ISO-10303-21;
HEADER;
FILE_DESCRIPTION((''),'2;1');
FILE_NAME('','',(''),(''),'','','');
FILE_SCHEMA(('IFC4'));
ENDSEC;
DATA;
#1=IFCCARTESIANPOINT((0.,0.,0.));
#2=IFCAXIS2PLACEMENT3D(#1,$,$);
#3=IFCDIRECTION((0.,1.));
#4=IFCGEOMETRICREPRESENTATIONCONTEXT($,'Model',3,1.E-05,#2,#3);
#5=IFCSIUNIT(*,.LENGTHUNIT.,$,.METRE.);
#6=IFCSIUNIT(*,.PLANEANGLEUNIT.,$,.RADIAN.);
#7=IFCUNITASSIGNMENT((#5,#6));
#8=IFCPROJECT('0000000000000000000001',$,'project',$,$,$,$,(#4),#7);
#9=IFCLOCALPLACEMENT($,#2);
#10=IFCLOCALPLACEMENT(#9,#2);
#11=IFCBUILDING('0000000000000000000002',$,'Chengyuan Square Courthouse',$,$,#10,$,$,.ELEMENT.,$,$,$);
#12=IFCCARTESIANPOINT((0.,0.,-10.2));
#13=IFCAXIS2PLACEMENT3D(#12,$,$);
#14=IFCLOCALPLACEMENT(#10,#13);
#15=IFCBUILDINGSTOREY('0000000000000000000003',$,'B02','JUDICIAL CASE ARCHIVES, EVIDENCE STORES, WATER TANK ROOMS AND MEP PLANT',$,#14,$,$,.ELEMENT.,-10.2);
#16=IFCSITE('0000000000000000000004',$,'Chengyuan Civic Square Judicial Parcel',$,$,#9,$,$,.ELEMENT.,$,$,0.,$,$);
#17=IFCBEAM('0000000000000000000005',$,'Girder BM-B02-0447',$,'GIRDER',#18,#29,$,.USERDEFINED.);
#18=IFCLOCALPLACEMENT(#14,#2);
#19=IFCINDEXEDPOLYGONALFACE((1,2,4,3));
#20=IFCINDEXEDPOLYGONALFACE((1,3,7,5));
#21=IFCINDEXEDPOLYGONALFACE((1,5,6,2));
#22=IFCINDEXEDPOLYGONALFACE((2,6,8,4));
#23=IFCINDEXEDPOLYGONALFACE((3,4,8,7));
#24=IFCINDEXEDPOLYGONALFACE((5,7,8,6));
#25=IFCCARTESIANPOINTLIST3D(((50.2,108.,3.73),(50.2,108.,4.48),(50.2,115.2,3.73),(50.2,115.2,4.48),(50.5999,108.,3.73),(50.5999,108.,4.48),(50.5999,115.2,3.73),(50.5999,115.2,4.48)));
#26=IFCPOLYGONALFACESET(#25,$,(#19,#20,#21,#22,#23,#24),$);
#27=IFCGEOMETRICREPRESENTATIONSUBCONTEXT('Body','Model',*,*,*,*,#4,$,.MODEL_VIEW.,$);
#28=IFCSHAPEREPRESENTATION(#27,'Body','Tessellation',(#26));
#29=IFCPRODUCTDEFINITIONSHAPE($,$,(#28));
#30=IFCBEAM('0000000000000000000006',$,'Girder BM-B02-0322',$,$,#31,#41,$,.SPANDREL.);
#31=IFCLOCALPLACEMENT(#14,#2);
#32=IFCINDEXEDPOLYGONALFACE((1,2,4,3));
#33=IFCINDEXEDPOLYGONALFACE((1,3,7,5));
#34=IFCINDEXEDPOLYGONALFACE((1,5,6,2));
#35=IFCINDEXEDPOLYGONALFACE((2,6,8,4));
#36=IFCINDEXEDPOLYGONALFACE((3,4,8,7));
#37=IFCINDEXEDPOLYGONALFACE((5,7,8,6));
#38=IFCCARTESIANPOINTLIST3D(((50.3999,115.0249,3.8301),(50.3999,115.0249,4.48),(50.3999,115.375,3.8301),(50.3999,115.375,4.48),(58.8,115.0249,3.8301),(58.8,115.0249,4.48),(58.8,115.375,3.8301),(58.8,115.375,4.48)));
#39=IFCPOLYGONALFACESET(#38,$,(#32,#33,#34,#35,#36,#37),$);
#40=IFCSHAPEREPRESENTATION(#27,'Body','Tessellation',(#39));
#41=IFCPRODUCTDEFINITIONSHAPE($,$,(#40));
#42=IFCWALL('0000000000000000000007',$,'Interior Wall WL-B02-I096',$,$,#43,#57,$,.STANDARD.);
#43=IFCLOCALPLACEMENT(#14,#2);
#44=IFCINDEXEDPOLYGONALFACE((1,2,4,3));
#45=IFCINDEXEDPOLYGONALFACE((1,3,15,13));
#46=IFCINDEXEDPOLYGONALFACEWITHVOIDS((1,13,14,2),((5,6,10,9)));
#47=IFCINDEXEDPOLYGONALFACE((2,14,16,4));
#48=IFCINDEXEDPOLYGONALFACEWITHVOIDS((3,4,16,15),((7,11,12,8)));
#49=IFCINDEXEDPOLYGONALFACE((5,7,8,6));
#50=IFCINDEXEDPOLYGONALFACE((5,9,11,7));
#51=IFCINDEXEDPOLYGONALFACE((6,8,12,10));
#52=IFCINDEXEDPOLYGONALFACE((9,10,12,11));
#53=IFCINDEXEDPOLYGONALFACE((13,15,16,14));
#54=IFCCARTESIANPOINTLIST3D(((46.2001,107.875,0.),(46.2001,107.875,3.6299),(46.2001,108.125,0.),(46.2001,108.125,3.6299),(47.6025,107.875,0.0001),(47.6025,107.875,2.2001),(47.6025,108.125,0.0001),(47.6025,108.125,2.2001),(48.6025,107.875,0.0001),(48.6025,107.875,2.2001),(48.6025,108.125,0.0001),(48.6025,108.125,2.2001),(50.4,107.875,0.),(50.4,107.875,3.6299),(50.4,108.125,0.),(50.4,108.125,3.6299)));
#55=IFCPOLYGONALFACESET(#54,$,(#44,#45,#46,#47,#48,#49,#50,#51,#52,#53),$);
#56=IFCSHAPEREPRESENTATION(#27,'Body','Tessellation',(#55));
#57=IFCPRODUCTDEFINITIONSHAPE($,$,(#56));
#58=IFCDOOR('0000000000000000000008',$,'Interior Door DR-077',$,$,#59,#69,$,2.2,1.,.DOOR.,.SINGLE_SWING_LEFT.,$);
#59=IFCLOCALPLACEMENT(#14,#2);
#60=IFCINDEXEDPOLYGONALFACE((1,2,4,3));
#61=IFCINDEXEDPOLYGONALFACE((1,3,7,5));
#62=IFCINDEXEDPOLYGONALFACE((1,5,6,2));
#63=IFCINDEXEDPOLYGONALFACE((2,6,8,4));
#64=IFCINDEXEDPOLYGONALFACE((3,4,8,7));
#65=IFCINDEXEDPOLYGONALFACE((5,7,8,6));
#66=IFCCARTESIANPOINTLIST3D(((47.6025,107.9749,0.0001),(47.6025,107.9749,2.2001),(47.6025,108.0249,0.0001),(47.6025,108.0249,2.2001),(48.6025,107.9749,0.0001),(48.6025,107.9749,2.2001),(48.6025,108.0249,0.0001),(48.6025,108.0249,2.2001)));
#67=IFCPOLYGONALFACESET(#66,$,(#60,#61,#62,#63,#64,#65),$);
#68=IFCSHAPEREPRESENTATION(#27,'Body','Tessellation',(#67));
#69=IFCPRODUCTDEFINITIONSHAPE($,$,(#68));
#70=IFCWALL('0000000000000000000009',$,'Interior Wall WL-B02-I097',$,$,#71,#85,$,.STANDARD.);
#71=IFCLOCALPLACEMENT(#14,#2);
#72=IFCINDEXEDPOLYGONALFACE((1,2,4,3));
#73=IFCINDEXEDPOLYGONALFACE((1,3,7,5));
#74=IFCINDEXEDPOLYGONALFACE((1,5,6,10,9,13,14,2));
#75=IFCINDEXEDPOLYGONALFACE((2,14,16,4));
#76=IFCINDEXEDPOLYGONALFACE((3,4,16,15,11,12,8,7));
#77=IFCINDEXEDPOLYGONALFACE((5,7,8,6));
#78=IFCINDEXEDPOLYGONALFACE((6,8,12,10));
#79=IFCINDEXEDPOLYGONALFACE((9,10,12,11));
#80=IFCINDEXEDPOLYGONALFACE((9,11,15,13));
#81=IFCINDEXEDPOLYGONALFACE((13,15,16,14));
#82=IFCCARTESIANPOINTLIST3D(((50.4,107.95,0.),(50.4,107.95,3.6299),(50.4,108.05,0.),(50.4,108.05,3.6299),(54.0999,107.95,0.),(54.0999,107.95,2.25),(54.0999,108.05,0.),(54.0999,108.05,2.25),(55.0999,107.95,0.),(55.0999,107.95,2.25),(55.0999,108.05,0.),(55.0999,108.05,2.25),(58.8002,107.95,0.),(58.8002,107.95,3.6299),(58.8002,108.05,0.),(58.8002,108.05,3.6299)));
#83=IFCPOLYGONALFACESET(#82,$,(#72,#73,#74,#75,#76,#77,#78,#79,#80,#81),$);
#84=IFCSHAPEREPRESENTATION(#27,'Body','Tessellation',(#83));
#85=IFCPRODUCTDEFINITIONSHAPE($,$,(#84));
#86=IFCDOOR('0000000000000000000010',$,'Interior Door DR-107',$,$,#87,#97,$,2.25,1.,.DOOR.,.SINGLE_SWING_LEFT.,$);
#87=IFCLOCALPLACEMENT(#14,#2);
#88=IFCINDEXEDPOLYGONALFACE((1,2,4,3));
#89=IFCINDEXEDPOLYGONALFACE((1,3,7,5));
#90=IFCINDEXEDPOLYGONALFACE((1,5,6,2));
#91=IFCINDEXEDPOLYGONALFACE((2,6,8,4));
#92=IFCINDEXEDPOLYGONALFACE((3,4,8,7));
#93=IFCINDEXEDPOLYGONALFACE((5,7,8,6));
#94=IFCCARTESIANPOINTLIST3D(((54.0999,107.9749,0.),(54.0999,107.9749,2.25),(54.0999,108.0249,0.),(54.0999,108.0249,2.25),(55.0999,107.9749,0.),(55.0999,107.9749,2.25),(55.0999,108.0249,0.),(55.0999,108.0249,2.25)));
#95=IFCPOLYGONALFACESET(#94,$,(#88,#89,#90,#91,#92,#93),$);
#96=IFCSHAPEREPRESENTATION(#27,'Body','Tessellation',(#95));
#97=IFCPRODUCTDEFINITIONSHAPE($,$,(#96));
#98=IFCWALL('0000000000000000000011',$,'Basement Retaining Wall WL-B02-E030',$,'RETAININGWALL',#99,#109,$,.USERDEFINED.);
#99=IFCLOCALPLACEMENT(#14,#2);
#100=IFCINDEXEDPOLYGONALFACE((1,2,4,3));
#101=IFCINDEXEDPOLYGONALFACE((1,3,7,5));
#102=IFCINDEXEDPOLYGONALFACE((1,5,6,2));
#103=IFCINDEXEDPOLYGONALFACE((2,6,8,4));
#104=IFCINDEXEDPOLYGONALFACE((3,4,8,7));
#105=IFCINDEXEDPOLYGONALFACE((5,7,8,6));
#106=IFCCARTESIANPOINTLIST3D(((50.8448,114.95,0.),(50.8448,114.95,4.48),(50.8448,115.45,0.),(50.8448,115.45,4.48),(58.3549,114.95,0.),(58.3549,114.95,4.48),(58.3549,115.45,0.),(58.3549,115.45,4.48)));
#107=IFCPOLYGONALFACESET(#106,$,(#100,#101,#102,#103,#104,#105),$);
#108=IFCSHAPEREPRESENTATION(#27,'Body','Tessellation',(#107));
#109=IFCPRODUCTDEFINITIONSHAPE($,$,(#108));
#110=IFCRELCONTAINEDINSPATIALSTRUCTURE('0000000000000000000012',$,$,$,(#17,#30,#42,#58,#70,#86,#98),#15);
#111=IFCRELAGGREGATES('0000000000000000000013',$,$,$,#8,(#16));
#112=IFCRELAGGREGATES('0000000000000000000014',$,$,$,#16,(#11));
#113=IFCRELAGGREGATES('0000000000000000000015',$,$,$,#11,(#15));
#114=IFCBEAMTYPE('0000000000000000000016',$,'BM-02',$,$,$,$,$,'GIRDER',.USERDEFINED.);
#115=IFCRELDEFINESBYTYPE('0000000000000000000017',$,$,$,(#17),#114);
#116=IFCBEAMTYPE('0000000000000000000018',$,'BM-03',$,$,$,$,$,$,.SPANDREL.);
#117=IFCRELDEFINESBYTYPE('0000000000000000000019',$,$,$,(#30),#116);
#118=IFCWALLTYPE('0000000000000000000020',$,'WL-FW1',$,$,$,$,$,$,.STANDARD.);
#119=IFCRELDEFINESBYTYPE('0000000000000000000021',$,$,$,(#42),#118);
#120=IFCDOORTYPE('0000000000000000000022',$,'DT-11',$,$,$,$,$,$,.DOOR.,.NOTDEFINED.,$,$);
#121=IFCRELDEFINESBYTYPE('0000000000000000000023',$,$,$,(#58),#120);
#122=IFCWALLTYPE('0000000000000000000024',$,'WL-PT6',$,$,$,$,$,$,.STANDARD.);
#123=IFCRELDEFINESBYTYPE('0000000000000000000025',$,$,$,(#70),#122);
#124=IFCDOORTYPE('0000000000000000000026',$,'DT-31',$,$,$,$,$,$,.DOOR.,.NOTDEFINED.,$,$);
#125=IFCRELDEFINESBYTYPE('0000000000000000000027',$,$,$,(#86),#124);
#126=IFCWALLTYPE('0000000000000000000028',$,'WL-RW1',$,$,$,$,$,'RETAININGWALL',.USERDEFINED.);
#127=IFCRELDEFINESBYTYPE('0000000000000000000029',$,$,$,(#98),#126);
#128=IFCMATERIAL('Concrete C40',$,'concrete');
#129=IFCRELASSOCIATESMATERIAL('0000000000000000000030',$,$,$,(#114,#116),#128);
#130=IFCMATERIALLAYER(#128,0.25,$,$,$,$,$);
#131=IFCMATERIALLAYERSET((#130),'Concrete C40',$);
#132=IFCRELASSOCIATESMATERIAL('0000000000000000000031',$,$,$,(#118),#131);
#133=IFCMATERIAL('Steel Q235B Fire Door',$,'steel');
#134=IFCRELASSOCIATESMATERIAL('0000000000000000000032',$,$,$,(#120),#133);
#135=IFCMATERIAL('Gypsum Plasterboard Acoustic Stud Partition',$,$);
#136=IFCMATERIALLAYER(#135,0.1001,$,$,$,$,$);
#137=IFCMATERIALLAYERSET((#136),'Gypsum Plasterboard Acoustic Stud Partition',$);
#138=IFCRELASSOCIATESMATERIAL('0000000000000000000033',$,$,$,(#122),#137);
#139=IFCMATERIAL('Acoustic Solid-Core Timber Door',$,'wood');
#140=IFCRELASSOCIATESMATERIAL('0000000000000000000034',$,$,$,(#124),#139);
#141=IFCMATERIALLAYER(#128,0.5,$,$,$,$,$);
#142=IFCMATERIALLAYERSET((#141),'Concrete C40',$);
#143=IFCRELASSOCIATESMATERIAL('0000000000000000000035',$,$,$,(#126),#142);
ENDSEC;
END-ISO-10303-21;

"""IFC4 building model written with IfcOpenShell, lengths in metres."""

from ifc_helpers import new_model, si_unit, direction, frame, frame_2d, origin, origin_2d, place, context, subcontext, project, spatial, rectangle, extrude, material, layer, layer_set, material_profile, profile_set, type_object, element, fill, save


model = new_model("IFC4")

# Units and contexts
model_context = context("Model", 3, precision=1e-05, world=origin(), true_north=direction((0.0, 1.0)))
body_context = subcontext(model_context, "Body", "Model", "MODEL_VIEW")
ifc_project = project(units=[si_unit("LENGTHUNIT", "METRE"), si_unit("PLANEANGLEUNIT", "RADIAN")], contexts=[model_context])

# Site, building, storey
site_placement = place(None, origin())
site = spatial("IfcSite", under=ifc_project, at=site_placement, Name="Chengyuan Civic Square Judicial Parcel", CompositionType="ELEMENT", RefElevation=0.0)
building_placement = place(site_placement, origin())
building = spatial("IfcBuilding", under=site, at=building_placement, Name="Chengyuan Square Courthouse", CompositionType="ELEMENT")
storey_placement = place(building_placement, frame((0.0, 0.0, -10.2)))
storey = spatial("IfcBuildingStorey", under=building, at=storey_placement, Name="B02", Description="JUDICIAL CASE ARCHIVES, EVIDENCE STORES, WATER TANK ROOMS AND MEP PLANT", CompositionType="ELEMENT", Elevation=-10.2)

# Shared definitions
ifc_material_1 = material(Name="Concrete C40", Category="concrete")

# Beams
ifc_material_profile_1 = material_profile(ifc_material_1, rectangle(XDim=0.3999, YDim=0.75, at=origin_2d()), Name="RC-BM-400x750")
ifc_profile_set_1 = profile_set([ifc_material_profile_1], Name="Concrete C40")
beam_type_1 = type_object("IfcBeamType", Name="BM-02", ElementType="GIRDER", PredefinedType="USERDEFINED", material=ifc_profile_set_1)
beam_1_placement = place(storey_placement, frame((50.3999, 108.0, 4.105), z_axis=(0.0, 1.0, 0.0), x_axis=(-1.0, 0.0, 0.0)))
element("IfcBeam", 1, at=beam_1_placement, inside=storey, type_object=beam_type_1, Name="Girder BM-B02-0447", ObjectType="GIRDER", PredefinedType="USERDEFINED", context=body_context, shape_type="SweptSolid", body=[
    extrude(rectangle(XDim=0.3999, YDim=0.75, at=origin_2d()), origin(), (0.0, 0.0, 1.0), 7.2),
])
ifc_material_profile_2 = material_profile(ifc_material_1, rectangle(XDim=0.3501, YDim=0.6499, at=origin_2d()), Name="RC-BM-350x650")
ifc_profile_set_2 = profile_set([ifc_material_profile_2], Name="Concrete C40")
beam_type_2 = type_object("IfcBeamType", Name="BM-03", PredefinedType="SPANDREL", material=ifc_profile_set_2)
beam_2_placement = place(storey_placement, frame((50.3999, 115.2, 4.155), z_axis=(1.0, 0.0, 0.0), x_axis=(0.0, 1.0, 0.0)))
element("IfcBeam", 2, at=beam_2_placement, inside=storey, type_object=beam_type_2, Name="Girder BM-B02-0322", PredefinedType="SPANDREL", context=body_context, shape_type="SweptSolid", body=[
    extrude(rectangle(XDim=0.3501, YDim=0.6499, at=origin_2d()), origin(), (0.0, 0.0, 1.0), 8.4001),
])

# Walls, openings, doors
ifc_layer_1 = layer(ifc_material_1, 0.25)
ifc_layer_set_1 = layer_set([ifc_layer_1], Name="Concrete C40")
wall_type_1 = type_object("IfcWallType", Name="WL-FW1", PredefinedType="STANDARD", material=ifc_layer_set_1)
wall_1_placement = place(storey_placement, frame((46.2, 108.0, 0.0), z_axis=(0.0, 0.0, 1.0), x_axis=(1.0, 0.0, 0.0)))
wall_1 = element("IfcWall", 3, at=wall_1_placement, inside=storey, type_object=wall_type_1, Name="Interior Wall WL-B02-I096", PredefinedType="STANDARD", context=body_context, shape_type="SweptSolid", body=[
    extrude(rectangle(XDim=4.2, YDim=0.25, at=frame_2d((2.1001, 0.0))), origin(), (0.0, 0.0, 1.0), 3.6299),
])
opening_1_placement = place(wall_1_placement, frame((1.4026, 0.0, 0.0)))
opening_1 = element("IfcOpeningElement", 4, at=opening_1_placement, cuts=wall_1, PredefinedType="OPENING", context=body_context, shape_type="SweptSolid", body=[
    extrude(rectangle(XDim=1.0, YDim=2.2, at=frame_2d((0.5, 1.1001))), frame((0.0, 0.137, 0.0), z_axis=(0.0, -1.0, 0.0), x_axis=(1.0, 0.0, 0.0)), (0.0, 0.0, 1.0), 0.2739),
])
ifc_material_2 = material(Name="Steel Q235B Fire Door", Category="steel")
door_type_1 = type_object("IfcDoorType", Name="DT-11", OperationType="NOTDEFINED", PredefinedType="DOOR", material=ifc_material_2)
door_1_placement = place(opening_1_placement, origin())
door_1 = element("IfcDoor", 5, at=door_1_placement, inside=storey, type_object=door_type_1, Name="Interior Door DR-077", OperationType="SINGLE_SWING_LEFT", OverallHeight=2.2, OverallWidth=1.0, PredefinedType="DOOR", context=body_context, shape_type="SweptSolid", body=[
    extrude(rectangle(XDim=1.0, YDim=2.2, at=frame_2d((0.5, 1.1001))), frame((0.0, 0.0249, 0.0), z_axis=(0.0, -1.0, 0.0), x_axis=(1.0, 0.0, 0.0)), (0.0, 0.0, 1.0), 0.05),
])
fill(opening_1, door_1)
ifc_material_3 = material(Name="Gypsum Plasterboard Acoustic Stud Partition")
ifc_layer_2 = layer(ifc_material_3, 0.1001)
ifc_layer_set_2 = layer_set([ifc_layer_2], Name="Gypsum Plasterboard Acoustic Stud Partition")
wall_type_2 = type_object("IfcWallType", Name="WL-PT6", PredefinedType="STANDARD", material=ifc_layer_set_2)
wall_2_placement = place(storey_placement, frame((50.3999, 108.0, 0.0), z_axis=(0.0, 0.0, 1.0), x_axis=(1.0, 0.0, 0.0)))
wall_2 = element("IfcWall", 6, at=wall_2_placement, inside=storey, type_object=wall_type_2, Name="Interior Wall WL-B02-I097", PredefinedType="STANDARD", context=body_context, shape_type="SweptSolid", body=[
    extrude(rectangle(XDim=8.4001, YDim=0.1001, at=frame_2d((4.2002, 0.0))), origin(), (0.0, 0.0, 1.0), 3.6299),
])
opening_2_placement = place(wall_2_placement, frame((3.7, 0.0, 0.0)))
opening_2 = element("IfcOpeningElement", 7, at=opening_2_placement, cuts=wall_2, PredefinedType="OPENING", context=body_context, shape_type="SweptSolid", body=[
    extrude(rectangle(XDim=1.0, YDim=2.25, at=frame_2d((0.5, 1.125))), frame((0.0, 0.062, 0.0), z_axis=(0.0, -1.0, 0.0), x_axis=(1.0, 0.0, 0.0)), (0.0, 0.0, 1.0), 0.124),
])
ifc_material_4 = material(Name="Acoustic Solid-Core Timber Door", Category="wood")
door_type_2 = type_object("IfcDoorType", Name="DT-31", OperationType="NOTDEFINED", PredefinedType="DOOR", material=ifc_material_4)
door_2_placement = place(opening_2_placement, origin())
door_2 = element("IfcDoor", 8, at=door_2_placement, inside=storey, type_object=door_type_2, Name="Interior Door DR-107", OperationType="SINGLE_SWING_LEFT", OverallHeight=2.25, OverallWidth=1.0, PredefinedType="DOOR", context=body_context, shape_type="SweptSolid", body=[
    extrude(rectangle(XDim=1.0, YDim=2.25, at=frame_2d((0.5, 1.125))), frame((0.0, 0.0249, 0.0), z_axis=(0.0, -1.0, 0.0), x_axis=(1.0, 0.0, 0.0)), (0.0, 0.0, 1.0), 0.05),
])
fill(opening_2, door_2)

# Wall
ifc_layer_3 = layer(ifc_material_1, 0.5)
ifc_layer_set_3 = layer_set([ifc_layer_3], Name="Concrete C40")
wall_type_3 = type_object("IfcWallType", Name="WL-RW1", ElementType="RETAININGWALL", PredefinedType="USERDEFINED", material=ifc_layer_set_3)
wall_3_placement = place(storey_placement, frame((50.845, 115.2, 0.0), z_axis=(0.0, 0.0, 1.0), x_axis=(1.0, 0.0, 0.0)))
element("IfcWall", 9, at=wall_3_placement, inside=storey, type_object=wall_type_3, Name="Basement Retaining Wall WL-B02-E030", ObjectType="RETAININGWALL", PredefinedType="USERDEFINED", context=body_context, shape_type="SweptSolid", body=[
    extrude(rectangle(XDim=7.51, YDim=0.5, at=frame_2d((3.7549, 0.0))), origin(), (0.0, 0.0, 1.0), 4.48),
])

save(model, "model.ifc")
